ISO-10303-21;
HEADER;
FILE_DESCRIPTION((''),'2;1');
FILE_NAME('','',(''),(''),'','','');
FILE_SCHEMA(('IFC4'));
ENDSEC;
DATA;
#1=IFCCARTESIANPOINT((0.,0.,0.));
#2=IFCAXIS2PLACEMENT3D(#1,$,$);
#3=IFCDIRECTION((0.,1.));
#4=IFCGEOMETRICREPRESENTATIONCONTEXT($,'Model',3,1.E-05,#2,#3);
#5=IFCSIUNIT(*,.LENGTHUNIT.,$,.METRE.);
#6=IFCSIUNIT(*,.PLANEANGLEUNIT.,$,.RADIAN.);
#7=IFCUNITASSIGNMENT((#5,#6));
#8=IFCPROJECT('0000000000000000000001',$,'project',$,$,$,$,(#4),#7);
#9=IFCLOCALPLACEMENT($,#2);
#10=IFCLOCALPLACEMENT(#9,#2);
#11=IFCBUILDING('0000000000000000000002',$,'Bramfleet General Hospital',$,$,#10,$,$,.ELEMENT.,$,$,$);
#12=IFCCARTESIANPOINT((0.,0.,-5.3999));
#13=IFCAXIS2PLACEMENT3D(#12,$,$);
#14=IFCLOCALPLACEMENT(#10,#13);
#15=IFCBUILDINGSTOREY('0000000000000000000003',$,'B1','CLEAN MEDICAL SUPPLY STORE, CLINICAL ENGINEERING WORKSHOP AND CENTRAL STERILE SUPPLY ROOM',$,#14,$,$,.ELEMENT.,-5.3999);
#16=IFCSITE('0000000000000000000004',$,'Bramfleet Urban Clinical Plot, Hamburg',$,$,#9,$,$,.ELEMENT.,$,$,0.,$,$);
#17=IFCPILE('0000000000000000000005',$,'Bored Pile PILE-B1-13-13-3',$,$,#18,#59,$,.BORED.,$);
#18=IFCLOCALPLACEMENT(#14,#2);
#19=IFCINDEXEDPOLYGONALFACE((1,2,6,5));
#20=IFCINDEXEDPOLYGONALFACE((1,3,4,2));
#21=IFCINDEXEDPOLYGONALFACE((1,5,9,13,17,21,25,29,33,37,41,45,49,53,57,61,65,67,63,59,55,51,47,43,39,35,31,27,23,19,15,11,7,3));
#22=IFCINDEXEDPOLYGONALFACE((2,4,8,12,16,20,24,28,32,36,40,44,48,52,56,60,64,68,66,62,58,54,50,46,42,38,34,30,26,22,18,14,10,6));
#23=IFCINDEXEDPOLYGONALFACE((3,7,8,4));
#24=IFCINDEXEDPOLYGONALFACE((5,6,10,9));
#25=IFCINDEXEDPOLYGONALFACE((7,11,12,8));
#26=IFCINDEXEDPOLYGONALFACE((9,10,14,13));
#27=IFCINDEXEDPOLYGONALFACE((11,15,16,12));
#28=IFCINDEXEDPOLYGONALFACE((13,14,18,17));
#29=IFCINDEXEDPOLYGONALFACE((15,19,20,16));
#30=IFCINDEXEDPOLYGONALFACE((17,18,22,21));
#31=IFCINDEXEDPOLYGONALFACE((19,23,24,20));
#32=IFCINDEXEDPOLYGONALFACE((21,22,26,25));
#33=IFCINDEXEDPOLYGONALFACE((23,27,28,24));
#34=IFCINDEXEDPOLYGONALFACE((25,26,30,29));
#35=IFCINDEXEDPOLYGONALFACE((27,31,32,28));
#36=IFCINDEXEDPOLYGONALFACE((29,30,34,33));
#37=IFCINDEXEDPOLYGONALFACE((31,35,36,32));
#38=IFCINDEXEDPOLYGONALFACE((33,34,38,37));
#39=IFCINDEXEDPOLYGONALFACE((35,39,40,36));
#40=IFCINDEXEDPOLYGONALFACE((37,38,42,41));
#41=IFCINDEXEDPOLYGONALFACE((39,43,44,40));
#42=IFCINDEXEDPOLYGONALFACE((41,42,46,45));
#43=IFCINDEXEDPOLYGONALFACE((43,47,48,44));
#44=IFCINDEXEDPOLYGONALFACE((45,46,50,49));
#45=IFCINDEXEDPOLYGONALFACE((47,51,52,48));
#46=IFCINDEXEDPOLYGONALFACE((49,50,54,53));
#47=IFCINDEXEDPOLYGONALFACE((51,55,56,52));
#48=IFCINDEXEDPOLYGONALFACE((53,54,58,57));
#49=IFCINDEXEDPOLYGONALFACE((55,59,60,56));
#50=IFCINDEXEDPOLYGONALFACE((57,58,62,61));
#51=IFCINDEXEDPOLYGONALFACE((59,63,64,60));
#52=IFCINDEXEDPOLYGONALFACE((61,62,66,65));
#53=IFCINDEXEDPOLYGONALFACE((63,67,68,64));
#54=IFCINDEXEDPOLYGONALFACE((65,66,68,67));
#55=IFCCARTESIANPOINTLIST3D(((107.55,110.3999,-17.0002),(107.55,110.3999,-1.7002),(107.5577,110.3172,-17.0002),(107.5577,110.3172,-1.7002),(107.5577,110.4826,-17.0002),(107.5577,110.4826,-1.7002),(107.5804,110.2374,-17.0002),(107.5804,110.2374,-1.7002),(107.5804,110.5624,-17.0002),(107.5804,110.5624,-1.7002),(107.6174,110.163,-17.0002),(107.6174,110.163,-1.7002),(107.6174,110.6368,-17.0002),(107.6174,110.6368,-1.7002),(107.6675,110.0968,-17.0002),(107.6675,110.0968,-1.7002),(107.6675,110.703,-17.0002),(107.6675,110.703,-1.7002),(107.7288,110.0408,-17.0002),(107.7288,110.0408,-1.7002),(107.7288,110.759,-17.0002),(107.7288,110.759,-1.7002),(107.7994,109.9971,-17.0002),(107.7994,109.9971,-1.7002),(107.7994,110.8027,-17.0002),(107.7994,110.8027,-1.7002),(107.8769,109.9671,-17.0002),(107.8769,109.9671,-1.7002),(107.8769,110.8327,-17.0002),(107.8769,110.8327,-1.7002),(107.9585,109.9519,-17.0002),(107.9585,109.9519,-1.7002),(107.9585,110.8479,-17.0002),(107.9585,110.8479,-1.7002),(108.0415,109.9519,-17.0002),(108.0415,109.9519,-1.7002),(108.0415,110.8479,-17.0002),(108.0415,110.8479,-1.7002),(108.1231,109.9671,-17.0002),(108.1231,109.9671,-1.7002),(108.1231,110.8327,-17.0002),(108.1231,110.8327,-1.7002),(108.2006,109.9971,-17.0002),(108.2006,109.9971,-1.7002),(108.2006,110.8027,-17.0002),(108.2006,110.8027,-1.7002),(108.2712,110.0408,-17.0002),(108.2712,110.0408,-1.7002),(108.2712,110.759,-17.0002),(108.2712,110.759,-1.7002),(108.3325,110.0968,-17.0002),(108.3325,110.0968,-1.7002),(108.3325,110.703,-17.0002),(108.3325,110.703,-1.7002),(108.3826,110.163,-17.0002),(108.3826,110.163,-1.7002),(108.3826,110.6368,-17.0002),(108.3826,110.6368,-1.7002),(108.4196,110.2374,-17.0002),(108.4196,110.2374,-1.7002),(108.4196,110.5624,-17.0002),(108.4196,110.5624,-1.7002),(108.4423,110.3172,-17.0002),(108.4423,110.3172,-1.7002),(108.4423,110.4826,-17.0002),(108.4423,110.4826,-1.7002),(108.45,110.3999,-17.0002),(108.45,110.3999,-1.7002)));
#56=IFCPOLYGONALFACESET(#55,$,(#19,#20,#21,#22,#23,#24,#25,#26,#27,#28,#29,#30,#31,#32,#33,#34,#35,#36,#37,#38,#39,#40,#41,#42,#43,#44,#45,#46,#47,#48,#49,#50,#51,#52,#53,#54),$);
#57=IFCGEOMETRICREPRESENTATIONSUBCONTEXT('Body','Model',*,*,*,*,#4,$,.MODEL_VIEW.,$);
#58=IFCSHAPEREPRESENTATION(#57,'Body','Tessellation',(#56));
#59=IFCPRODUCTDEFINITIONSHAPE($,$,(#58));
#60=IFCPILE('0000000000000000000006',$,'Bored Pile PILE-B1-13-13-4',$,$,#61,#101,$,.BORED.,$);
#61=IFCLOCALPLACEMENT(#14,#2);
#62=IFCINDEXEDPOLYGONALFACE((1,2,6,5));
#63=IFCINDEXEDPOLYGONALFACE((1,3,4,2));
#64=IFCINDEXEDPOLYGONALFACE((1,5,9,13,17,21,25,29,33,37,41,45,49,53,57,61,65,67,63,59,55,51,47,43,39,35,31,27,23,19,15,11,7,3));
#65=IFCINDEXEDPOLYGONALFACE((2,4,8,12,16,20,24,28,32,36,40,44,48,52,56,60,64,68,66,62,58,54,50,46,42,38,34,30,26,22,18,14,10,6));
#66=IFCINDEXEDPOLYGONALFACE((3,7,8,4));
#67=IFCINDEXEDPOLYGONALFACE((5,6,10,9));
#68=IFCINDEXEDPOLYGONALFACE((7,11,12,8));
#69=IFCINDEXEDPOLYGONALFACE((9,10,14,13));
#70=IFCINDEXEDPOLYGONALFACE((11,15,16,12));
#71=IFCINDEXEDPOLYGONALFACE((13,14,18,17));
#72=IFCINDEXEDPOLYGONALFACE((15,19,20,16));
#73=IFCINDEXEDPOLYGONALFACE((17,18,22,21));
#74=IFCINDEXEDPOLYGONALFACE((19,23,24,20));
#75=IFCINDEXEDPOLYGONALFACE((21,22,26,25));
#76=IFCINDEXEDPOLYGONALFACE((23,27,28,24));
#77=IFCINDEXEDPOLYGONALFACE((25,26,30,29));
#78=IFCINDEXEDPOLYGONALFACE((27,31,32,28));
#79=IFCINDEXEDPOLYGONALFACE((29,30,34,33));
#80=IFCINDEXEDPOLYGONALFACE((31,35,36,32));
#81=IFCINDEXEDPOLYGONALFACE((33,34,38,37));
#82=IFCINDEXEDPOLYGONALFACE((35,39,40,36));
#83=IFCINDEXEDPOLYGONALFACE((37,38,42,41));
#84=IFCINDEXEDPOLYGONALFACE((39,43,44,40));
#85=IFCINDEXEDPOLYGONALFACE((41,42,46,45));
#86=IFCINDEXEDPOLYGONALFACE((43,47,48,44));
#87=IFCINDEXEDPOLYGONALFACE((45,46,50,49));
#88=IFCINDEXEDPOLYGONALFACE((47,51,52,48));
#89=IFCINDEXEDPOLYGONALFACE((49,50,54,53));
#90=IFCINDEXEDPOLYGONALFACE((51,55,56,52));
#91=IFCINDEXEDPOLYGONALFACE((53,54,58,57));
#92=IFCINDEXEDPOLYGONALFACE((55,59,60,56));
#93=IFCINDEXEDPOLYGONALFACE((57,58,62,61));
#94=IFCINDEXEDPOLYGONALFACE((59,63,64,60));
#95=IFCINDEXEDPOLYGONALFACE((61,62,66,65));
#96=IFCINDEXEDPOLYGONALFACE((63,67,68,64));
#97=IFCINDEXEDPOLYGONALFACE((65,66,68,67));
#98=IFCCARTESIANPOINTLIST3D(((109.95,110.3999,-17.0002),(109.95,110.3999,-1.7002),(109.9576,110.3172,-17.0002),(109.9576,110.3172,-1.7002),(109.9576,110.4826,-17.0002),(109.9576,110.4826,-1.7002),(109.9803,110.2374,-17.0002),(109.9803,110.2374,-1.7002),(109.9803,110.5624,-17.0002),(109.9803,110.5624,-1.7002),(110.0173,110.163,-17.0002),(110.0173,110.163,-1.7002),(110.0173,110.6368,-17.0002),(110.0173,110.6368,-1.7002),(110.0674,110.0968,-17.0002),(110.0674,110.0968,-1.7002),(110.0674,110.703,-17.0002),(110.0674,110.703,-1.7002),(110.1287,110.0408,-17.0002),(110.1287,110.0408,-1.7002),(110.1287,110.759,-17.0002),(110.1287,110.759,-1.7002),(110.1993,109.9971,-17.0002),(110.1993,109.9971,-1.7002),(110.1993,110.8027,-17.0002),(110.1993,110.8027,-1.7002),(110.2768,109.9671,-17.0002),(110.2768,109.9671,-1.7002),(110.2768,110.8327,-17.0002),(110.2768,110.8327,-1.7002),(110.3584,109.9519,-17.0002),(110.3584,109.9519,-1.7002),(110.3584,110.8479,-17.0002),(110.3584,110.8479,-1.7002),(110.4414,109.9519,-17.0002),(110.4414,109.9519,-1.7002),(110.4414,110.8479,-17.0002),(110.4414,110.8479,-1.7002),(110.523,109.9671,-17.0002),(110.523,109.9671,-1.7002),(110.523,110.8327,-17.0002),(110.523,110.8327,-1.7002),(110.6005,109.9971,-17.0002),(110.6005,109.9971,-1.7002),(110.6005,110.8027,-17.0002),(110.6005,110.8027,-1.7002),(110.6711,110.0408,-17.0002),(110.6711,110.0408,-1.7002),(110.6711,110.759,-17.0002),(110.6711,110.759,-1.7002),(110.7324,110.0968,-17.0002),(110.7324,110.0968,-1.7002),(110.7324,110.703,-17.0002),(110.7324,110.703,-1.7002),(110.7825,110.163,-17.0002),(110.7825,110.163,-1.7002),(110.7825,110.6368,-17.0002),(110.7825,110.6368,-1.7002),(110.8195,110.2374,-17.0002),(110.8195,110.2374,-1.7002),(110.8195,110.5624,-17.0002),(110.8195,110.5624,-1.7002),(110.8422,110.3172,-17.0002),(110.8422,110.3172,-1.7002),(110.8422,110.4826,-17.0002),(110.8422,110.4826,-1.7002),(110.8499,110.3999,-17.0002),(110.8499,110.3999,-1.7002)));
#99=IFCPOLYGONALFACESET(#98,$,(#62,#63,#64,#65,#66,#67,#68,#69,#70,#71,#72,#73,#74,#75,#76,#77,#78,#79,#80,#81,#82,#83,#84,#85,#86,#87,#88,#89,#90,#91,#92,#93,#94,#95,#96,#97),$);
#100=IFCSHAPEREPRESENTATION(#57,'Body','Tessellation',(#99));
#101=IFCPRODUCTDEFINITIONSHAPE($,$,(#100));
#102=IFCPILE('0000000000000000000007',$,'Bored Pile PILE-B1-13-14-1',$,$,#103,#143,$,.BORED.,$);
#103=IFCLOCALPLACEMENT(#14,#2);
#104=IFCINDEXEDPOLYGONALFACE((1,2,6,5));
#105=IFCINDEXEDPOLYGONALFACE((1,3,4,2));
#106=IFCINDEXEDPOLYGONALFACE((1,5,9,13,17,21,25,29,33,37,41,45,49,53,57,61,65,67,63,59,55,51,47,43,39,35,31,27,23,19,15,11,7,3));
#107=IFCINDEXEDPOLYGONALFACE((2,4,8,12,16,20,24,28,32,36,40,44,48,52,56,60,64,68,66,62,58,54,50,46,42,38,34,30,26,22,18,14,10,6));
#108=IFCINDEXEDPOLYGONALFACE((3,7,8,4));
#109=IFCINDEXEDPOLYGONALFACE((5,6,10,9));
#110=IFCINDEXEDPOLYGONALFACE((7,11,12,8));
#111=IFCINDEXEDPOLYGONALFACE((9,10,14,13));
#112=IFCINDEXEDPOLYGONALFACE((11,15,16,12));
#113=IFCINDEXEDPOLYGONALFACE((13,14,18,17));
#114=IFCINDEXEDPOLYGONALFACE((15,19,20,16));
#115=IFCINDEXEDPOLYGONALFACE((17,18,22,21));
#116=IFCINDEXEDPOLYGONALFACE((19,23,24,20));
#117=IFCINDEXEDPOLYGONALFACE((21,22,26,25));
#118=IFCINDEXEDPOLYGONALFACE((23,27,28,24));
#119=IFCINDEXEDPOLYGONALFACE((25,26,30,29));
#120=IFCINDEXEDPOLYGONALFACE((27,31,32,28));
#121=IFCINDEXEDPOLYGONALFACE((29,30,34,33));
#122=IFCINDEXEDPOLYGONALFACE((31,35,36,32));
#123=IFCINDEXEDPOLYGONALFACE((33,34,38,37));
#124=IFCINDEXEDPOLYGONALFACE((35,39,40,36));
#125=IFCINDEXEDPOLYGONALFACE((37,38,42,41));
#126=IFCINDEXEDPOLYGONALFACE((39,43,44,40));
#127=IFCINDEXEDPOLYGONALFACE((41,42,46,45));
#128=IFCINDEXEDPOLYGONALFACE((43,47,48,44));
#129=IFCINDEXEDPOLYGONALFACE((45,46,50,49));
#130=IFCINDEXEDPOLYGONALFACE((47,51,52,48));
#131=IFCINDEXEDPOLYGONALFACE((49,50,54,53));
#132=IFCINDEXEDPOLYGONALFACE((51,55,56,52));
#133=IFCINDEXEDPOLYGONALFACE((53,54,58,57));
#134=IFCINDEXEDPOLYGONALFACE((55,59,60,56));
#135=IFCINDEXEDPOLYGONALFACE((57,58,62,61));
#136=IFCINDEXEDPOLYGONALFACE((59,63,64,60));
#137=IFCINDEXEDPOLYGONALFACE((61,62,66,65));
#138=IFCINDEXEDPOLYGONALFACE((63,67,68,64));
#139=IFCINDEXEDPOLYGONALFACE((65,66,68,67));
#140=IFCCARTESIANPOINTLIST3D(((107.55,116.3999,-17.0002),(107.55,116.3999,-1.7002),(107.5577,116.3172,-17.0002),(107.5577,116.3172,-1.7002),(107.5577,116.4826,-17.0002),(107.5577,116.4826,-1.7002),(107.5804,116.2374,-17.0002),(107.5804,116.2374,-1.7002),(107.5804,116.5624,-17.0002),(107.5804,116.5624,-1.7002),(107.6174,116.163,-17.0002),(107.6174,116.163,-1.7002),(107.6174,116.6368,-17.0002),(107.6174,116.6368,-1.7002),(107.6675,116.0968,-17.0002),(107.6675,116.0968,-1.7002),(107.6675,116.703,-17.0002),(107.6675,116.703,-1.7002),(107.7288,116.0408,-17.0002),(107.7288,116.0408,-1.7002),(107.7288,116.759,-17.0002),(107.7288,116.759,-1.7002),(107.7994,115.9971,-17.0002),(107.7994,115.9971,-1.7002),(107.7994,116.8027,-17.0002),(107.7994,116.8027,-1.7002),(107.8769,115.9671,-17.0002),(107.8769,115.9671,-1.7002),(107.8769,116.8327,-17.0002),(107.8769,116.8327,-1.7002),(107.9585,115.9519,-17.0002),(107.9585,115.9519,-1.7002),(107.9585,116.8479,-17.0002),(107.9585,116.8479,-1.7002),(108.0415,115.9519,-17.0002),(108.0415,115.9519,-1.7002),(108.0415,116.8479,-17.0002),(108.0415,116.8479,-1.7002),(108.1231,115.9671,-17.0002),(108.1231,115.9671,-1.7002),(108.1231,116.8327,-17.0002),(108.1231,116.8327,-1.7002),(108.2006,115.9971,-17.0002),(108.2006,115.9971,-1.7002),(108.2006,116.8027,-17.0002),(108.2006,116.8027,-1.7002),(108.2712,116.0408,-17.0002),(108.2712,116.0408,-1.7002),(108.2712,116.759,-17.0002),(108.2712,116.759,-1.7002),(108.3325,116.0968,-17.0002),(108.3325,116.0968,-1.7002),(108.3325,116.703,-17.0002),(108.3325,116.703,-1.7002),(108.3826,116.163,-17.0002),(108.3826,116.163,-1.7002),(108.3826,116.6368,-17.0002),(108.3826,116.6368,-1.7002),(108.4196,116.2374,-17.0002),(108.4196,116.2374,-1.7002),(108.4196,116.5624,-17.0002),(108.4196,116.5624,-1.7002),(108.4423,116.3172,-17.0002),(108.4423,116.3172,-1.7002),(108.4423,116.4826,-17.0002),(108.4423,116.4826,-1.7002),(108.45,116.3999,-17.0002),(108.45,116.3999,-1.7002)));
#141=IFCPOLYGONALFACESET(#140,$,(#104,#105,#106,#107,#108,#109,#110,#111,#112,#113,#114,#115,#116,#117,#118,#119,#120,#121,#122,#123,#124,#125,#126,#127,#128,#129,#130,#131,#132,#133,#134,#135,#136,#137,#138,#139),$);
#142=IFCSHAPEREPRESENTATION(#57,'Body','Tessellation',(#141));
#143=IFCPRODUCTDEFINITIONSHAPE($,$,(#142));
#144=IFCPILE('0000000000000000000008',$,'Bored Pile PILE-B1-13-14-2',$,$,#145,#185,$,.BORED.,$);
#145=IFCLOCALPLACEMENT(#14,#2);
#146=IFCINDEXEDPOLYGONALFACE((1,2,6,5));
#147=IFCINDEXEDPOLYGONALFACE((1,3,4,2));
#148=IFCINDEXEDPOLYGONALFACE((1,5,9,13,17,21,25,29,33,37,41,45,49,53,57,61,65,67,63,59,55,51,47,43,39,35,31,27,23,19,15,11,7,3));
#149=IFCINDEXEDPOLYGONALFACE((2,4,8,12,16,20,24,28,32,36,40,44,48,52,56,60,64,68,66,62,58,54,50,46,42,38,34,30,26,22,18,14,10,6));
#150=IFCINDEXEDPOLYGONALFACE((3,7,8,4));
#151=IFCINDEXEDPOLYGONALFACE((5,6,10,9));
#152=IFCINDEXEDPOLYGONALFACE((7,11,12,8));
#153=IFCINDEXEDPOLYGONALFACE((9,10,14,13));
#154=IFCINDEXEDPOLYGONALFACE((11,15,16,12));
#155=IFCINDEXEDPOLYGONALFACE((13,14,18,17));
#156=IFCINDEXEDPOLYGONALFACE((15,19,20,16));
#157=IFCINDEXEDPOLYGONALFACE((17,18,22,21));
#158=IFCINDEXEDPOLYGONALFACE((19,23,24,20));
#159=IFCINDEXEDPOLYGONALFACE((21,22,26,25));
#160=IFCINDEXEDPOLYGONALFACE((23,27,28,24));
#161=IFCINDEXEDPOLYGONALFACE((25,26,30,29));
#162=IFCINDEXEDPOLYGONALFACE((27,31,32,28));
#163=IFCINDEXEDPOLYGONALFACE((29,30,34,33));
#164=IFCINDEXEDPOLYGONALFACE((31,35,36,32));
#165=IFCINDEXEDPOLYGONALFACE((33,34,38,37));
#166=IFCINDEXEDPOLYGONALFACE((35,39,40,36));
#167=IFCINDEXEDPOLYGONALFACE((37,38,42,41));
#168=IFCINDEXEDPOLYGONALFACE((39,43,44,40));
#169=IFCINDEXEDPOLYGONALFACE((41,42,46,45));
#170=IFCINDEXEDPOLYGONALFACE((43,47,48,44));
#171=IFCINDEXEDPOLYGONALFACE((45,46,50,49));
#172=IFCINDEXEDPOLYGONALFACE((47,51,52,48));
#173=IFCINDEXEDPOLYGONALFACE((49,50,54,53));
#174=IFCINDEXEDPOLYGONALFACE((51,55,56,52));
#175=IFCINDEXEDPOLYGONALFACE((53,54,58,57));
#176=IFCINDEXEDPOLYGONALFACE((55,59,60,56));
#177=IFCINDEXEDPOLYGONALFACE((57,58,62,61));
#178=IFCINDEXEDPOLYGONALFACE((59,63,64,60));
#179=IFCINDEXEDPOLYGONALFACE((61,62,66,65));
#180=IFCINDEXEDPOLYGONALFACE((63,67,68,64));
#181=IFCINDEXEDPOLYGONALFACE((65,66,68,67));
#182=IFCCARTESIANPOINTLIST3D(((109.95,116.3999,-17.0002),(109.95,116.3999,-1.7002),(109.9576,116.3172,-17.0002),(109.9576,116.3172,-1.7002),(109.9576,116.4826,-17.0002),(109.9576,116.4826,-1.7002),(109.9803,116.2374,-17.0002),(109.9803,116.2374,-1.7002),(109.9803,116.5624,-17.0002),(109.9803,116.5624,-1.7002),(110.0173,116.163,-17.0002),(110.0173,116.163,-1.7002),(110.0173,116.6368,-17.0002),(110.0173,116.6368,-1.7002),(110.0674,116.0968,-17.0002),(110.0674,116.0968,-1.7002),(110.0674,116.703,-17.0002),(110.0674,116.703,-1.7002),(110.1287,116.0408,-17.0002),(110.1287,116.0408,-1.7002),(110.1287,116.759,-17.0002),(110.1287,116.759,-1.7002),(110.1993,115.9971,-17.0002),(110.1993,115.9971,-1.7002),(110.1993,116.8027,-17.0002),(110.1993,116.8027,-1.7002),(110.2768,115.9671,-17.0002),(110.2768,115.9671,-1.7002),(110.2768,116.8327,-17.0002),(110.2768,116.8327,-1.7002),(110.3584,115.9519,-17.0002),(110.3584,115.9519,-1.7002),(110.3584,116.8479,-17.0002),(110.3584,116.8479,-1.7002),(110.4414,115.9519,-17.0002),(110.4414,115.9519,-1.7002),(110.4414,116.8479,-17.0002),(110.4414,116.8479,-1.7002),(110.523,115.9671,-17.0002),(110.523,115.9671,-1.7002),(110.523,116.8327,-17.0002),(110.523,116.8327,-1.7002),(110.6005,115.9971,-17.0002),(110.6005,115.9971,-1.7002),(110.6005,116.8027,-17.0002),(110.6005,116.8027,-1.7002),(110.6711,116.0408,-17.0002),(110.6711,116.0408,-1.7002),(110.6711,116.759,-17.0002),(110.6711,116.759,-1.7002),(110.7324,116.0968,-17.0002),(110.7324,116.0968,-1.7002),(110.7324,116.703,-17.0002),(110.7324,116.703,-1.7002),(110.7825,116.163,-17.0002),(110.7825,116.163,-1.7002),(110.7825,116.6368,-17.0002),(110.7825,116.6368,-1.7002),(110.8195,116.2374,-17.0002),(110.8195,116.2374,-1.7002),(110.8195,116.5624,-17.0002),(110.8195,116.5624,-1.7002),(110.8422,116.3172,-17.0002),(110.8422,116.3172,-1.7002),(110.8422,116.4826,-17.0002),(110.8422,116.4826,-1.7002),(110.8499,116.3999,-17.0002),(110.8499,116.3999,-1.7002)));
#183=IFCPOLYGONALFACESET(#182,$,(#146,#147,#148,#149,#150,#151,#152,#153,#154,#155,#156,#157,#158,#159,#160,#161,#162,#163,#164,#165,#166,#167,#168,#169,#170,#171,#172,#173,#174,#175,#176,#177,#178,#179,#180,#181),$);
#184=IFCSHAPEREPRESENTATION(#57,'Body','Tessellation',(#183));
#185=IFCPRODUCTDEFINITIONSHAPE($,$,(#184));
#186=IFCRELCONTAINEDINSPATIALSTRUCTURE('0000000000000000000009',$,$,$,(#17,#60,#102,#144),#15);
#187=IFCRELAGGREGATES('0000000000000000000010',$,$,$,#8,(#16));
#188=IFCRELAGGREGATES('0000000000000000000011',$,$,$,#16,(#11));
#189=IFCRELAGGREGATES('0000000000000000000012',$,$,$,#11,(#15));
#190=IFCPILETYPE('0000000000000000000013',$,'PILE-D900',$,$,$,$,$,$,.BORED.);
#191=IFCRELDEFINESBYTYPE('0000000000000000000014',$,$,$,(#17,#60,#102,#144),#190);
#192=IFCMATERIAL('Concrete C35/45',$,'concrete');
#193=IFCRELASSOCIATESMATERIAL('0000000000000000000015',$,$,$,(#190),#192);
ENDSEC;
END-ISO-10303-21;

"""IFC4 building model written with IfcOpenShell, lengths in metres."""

from ifc_helpers import new_model, si_unit, direction, frame, origin, origin_2d, place, context, subcontext, project, spatial, circle, extrude, material, material_profile, profile_set, type_object, element, save


model = new_model("IFC4")

# Units and contexts
model_context = context("Model", 3, precision=1e-05, world=origin(), true_north=direction((0.0, 1.0)))
body_context = subcontext(model_context, "Body", "Model", "MODEL_VIEW")
ifc_project = project(units=[si_unit("LENGTHUNIT", "METRE"), si_unit("PLANEANGLEUNIT", "RADIAN")], contexts=[model_context])

# Site, building, storey
site_placement = place(None, origin())
site = spatial("IfcSite", under=ifc_project, at=site_placement, Name="Bramfleet Urban Clinical Plot, Hamburg", CompositionType="ELEMENT", RefElevation=0.0)
building_placement = place(site_placement, origin())
building = spatial("IfcBuilding", under=site, at=building_placement, Name="Bramfleet General Hospital", CompositionType="ELEMENT")
storey_placement = place(building_placement, frame((0.0, 0.0, -5.3999)))
storey = spatial("IfcBuildingStorey", under=building, at=storey_placement, Name="B1", Description="CLEAN MEDICAL SUPPLY STORE, CLINICAL ENGINEERING WORKSHOP AND CENTRAL STERILE SUPPLY ROOM", CompositionType="ELEMENT", Elevation=-5.3999)

# Shared definitions
ifc_material_1 = material(Name="Concrete C35/45", Category="concrete")

# Piles
ifc_material_profile_1 = material_profile(ifc_material_1, circle(Radius=0.45, at=origin_2d()), Name="PILE BORED D900")
ifc_profile_set_1 = profile_set([ifc_material_profile_1], Name="Concrete C35/45")
pile_type_1 = type_object("IfcPileType", Name="PILE-D900", PredefinedType="BORED", material=ifc_profile_set_1)
for number, where, z_axis, x_axis, name in (
    (1, (108.0, 110.3999, -1.7002), (0.0, 0.0, -1.0), (1.0, 0.0, 0.0), "Bored Pile PILE-B1-13-13-3"),
    (2, (110.3999, 110.3999, -1.7002), (0.0, 0.0, -1.0), (1.0, 0.0, 0.0), "Bored Pile PILE-B1-13-13-4"),
    (3, (108.0, 116.3999, -1.7002), (0.0, 0.0, -1.0), (1.0, 0.0, 0.0), "Bored Pile PILE-B1-13-14-1"),
    (4, (110.3999, 116.3999, -1.7002), (0.0, 0.0, -1.0), (1.0, 0.0, 0.0), "Bored Pile PILE-B1-13-14-2"),
):
    element("IfcPile", number, at=place(storey_placement, frame(where, z_axis=z_axis, x_axis=x_axis)), inside=storey, type_object=pile_type_1, Name=name, PredefinedType="BORED", context=body_context, shape_type="SweptSolid", body=[
        extrude(circle(Radius=0.45, at=origin_2d()), origin(), (0.0, 0.0, 1.0), 15.3),
    ])

save(model, "model.ifc")
